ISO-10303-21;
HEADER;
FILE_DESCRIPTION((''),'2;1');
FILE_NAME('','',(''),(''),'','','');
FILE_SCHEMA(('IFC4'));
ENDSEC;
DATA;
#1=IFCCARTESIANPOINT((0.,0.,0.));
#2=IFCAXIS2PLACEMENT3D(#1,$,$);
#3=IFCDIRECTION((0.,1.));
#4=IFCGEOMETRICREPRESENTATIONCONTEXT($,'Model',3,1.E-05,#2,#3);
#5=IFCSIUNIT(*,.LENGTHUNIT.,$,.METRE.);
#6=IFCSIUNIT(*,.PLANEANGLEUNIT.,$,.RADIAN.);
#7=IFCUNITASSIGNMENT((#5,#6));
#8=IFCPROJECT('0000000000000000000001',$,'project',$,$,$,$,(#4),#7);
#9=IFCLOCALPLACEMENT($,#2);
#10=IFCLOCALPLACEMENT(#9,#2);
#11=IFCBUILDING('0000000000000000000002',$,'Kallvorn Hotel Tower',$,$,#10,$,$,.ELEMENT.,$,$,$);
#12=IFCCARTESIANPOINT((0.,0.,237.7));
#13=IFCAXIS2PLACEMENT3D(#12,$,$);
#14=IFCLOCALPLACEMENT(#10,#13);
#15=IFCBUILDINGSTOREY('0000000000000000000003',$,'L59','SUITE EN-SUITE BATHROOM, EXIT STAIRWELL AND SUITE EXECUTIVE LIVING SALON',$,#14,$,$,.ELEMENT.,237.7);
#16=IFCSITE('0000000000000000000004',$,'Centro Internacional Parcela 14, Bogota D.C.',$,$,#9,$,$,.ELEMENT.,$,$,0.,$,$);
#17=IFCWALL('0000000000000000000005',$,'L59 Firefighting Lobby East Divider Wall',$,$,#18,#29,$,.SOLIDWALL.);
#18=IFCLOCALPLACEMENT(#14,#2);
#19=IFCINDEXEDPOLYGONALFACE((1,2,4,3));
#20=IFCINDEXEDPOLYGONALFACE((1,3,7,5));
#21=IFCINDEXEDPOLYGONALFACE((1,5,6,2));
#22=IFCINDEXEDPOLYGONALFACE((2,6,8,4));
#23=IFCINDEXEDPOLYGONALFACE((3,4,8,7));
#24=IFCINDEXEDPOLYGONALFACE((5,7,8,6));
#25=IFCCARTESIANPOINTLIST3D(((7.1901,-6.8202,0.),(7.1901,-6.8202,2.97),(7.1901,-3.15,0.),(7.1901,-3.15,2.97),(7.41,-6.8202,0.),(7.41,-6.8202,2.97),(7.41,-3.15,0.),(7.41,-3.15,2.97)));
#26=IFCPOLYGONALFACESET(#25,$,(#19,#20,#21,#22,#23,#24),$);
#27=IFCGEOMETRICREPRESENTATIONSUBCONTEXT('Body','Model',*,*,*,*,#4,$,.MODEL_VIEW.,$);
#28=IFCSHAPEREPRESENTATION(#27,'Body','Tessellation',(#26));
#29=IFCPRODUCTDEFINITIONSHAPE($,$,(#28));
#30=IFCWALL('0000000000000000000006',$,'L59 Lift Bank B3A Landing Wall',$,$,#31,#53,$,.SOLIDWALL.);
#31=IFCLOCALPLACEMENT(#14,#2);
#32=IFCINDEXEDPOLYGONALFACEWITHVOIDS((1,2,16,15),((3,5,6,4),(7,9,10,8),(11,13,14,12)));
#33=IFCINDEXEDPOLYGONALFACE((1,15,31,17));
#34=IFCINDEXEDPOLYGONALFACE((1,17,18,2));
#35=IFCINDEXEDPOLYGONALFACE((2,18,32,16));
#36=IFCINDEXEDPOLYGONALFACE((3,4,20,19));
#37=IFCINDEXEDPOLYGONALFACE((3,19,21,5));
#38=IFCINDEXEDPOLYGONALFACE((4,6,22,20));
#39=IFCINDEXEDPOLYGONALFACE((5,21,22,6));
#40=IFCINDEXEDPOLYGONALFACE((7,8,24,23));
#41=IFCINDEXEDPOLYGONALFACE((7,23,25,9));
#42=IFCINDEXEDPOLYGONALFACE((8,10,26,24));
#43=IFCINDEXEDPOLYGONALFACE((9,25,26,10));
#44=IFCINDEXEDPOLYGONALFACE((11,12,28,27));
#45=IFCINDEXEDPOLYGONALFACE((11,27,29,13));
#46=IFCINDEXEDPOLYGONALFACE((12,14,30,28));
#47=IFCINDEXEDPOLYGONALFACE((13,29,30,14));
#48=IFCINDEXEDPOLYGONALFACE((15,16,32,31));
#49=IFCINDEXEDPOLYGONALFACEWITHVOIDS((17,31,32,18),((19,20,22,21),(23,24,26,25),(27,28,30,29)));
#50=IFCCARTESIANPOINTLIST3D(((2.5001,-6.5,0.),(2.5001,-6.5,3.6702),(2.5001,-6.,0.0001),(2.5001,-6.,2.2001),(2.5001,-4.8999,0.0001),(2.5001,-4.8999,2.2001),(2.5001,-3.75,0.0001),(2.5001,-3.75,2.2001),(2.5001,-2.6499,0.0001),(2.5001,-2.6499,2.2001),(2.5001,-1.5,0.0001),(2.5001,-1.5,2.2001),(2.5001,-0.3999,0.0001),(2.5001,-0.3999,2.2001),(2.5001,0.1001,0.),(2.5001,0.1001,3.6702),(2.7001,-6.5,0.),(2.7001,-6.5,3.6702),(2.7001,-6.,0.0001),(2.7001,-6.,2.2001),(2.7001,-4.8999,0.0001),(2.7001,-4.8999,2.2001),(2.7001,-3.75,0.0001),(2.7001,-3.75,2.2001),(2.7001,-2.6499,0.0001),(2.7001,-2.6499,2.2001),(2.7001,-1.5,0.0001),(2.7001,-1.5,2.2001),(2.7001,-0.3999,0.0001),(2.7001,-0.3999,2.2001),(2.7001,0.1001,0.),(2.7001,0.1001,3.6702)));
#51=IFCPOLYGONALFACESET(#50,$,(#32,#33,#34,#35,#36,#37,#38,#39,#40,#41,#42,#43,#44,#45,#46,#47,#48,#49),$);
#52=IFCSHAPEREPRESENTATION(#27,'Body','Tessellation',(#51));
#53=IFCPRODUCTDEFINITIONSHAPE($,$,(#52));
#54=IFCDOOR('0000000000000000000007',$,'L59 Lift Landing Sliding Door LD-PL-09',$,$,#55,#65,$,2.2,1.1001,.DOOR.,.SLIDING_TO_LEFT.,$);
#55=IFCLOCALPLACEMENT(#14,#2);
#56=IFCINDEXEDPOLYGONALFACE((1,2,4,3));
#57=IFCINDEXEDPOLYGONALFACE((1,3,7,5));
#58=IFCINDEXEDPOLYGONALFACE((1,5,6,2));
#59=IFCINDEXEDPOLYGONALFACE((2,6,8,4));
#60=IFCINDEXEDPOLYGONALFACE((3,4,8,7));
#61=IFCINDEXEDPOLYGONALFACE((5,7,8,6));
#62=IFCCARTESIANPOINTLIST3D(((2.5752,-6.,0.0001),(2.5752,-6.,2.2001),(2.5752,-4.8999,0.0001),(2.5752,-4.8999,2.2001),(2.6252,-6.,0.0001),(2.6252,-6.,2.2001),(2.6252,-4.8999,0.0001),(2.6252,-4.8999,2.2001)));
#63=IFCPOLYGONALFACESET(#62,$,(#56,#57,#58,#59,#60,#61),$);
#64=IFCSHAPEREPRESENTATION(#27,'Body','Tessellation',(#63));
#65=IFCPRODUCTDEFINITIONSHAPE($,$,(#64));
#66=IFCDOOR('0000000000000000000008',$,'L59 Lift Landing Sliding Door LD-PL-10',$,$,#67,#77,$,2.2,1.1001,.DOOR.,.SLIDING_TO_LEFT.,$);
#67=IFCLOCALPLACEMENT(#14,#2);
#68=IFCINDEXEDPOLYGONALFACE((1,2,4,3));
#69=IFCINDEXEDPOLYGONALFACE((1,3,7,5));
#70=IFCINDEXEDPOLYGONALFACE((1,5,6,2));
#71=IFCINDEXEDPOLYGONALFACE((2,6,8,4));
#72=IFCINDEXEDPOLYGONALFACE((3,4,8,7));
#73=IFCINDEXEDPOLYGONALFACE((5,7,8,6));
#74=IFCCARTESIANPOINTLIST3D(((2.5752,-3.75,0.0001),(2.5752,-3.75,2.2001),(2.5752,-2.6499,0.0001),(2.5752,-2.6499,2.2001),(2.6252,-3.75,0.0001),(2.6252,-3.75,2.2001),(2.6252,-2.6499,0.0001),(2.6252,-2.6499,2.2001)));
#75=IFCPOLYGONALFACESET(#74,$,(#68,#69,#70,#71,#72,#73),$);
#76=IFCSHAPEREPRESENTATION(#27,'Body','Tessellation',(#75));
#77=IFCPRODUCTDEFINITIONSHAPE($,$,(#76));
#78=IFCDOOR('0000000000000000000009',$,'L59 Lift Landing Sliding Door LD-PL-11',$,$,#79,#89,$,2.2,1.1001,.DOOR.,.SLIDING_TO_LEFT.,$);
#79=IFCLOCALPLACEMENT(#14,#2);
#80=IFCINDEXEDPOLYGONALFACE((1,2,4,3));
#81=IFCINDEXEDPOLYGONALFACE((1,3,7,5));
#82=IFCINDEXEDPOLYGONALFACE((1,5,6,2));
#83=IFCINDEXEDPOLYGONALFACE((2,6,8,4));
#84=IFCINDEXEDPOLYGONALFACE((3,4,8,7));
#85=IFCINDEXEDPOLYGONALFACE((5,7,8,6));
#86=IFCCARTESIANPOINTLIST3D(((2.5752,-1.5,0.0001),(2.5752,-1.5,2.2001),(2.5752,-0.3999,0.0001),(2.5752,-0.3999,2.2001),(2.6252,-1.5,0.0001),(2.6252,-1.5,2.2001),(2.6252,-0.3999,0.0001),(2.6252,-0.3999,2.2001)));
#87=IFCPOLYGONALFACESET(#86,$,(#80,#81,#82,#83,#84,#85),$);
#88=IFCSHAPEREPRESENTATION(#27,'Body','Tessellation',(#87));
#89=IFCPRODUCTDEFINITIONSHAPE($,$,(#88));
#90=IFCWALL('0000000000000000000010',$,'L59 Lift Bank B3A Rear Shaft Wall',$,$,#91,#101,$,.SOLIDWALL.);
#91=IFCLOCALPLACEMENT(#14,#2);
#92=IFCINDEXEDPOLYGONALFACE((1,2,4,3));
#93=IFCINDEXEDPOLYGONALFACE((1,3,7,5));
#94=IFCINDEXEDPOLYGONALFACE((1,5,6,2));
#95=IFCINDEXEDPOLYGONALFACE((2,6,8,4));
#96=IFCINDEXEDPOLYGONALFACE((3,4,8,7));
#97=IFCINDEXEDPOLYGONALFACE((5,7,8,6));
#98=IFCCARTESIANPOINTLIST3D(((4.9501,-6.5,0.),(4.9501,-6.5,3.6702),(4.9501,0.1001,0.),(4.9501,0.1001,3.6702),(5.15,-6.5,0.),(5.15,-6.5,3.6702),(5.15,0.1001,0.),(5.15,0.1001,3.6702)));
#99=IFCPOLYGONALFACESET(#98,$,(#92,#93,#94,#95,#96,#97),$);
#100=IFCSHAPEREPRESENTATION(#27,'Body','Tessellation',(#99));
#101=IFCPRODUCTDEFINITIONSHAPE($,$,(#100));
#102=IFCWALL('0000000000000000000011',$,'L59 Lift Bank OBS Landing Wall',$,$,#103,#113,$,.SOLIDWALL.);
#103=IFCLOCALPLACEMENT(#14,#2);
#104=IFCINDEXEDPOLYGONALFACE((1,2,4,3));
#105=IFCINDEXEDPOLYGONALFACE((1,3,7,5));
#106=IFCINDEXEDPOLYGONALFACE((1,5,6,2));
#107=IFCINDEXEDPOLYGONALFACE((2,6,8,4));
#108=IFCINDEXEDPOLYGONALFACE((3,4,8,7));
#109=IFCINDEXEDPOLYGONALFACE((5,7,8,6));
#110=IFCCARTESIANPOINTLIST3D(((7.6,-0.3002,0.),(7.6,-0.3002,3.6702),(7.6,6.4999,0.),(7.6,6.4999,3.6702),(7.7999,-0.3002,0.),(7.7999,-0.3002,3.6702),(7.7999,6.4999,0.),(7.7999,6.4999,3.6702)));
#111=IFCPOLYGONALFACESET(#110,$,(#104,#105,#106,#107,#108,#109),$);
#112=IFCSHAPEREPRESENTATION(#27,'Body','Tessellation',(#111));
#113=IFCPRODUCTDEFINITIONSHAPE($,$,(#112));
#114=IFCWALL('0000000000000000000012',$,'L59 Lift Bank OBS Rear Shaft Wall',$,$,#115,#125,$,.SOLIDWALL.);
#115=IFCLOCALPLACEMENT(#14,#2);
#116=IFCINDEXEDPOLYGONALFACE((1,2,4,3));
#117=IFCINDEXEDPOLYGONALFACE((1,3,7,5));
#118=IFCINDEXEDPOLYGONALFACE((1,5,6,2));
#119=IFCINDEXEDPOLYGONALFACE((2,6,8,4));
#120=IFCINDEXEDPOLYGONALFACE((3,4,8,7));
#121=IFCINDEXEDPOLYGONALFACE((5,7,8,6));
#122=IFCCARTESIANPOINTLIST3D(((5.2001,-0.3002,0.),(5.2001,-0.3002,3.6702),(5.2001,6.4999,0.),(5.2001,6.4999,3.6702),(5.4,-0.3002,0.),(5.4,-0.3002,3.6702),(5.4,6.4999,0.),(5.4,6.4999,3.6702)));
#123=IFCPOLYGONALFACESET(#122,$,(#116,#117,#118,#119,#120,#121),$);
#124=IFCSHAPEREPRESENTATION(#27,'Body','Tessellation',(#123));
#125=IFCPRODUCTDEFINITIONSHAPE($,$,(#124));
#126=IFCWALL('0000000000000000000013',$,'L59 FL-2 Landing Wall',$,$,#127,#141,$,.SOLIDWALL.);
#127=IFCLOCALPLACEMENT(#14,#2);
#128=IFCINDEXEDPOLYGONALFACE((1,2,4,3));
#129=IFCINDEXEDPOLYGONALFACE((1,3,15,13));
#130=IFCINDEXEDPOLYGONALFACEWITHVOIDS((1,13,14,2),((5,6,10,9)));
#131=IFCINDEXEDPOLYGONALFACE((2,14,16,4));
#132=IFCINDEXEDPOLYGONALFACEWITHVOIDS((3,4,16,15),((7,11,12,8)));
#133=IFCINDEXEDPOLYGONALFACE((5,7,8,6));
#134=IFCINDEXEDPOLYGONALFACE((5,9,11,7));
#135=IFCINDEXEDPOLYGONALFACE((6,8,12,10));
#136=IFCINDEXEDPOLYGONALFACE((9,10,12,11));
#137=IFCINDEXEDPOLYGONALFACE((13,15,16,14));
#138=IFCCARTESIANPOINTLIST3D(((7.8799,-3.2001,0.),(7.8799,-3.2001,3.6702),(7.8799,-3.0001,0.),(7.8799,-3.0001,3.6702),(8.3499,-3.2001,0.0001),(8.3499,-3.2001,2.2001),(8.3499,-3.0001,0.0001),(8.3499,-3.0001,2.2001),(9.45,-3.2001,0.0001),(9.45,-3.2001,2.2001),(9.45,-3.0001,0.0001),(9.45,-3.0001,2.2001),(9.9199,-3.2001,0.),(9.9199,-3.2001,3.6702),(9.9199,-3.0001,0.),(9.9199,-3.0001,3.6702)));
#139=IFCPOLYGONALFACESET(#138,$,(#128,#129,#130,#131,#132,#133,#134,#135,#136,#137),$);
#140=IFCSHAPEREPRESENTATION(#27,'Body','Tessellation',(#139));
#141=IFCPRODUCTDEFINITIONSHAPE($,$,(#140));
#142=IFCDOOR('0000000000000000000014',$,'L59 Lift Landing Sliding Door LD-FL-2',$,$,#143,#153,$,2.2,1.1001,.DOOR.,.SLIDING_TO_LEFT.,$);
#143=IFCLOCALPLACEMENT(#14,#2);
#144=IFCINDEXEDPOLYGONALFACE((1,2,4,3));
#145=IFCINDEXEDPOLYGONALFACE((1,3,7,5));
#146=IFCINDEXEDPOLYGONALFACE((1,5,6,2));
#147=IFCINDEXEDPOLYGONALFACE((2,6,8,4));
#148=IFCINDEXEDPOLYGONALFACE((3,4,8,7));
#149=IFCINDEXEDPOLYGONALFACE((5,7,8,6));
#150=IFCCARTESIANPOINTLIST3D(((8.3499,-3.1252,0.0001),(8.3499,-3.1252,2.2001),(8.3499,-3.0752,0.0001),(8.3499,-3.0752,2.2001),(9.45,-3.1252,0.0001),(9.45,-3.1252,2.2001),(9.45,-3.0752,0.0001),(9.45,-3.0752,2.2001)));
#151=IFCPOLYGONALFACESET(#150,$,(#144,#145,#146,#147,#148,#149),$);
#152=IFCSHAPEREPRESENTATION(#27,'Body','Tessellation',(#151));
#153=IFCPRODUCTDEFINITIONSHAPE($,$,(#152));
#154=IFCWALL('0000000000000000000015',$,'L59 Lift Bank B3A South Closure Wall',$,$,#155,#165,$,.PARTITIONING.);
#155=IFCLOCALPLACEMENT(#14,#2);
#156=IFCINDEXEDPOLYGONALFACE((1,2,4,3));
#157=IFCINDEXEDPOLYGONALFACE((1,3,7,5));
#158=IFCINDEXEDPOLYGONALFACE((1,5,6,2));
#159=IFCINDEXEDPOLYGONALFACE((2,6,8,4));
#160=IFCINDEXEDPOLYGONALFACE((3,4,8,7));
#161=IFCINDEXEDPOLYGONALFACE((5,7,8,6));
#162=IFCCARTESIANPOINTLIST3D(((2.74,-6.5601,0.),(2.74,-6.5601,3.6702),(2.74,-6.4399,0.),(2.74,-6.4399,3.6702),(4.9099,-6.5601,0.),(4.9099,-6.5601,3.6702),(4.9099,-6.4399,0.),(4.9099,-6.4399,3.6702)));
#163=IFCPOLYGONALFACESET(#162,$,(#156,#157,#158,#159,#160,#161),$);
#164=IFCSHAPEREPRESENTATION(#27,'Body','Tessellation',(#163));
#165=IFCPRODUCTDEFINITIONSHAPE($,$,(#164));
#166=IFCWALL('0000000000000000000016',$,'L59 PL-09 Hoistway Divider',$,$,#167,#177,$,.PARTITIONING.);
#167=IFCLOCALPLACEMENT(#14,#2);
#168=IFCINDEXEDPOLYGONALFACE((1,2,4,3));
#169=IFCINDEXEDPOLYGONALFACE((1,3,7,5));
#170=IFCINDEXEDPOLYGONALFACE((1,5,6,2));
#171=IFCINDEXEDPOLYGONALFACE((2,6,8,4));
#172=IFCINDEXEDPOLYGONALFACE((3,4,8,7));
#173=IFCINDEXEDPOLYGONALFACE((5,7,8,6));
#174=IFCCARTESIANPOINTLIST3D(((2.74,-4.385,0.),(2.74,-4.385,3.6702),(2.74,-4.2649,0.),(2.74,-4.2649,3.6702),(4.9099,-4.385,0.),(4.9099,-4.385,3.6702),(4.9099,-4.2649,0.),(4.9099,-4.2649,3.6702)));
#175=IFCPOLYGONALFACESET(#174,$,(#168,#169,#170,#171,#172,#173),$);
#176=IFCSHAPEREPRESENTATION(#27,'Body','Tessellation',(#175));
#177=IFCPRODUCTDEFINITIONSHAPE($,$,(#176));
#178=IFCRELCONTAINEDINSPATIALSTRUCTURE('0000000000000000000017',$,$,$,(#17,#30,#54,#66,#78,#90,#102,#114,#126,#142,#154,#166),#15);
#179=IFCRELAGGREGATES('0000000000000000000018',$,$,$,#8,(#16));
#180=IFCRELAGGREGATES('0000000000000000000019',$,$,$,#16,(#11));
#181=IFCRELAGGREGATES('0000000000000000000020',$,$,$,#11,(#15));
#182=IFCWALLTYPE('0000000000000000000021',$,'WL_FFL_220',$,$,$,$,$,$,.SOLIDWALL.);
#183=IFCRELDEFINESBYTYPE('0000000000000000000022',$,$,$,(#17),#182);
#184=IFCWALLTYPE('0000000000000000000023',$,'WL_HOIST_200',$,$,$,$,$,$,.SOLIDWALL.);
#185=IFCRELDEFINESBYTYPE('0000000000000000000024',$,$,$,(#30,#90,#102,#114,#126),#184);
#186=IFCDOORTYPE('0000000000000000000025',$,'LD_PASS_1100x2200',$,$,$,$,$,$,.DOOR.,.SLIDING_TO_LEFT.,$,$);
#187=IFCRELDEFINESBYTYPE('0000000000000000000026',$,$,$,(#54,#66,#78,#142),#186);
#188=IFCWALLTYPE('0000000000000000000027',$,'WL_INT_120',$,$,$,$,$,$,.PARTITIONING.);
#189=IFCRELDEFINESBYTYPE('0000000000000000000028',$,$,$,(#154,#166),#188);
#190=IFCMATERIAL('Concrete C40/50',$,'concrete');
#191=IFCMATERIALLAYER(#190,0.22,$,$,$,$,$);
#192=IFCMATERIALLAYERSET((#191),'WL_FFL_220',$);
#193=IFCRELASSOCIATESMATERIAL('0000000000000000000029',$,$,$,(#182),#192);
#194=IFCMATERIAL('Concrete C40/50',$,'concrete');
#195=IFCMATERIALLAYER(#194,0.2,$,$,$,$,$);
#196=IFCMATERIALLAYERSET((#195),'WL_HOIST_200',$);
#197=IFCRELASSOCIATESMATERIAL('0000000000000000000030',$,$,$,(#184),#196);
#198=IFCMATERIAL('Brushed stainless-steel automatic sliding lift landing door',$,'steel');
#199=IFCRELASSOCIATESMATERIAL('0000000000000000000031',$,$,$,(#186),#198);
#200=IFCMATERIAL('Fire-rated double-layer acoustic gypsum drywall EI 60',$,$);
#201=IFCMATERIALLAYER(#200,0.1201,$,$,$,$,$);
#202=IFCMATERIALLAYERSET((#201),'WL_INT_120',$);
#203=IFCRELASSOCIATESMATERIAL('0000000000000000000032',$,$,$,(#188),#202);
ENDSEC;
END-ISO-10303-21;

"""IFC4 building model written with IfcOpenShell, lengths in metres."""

from ifc_helpers import new_model, si_unit, direction, frame, frame_2d, origin, place, context, subcontext, project, spatial, rectangle, extrude, material, layer, layer_set, type_object, element, fill, save


model = new_model("IFC4")

# Units and contexts
model_context = context("Model", 3, precision=1e-05, world=origin(), true_north=direction((0.0, 1.0)))
body_context = subcontext(model_context, "Body", "Model", "MODEL_VIEW")
ifc_project = project(units=[si_unit("LENGTHUNIT", "METRE"), si_unit("PLANEANGLEUNIT", "RADIAN")], contexts=[model_context])

# Site, building, storey
site_placement = place(None, origin())
site = spatial("IfcSite", under=ifc_project, at=site_placement, Name="Centro Internacional Parcela 14, Bogota D.C.", CompositionType="ELEMENT", RefElevation=0.0)
building_placement = place(site_placement, origin())
building = spatial("IfcBuilding", under=site, at=building_placement, Name="Kallvorn Hotel Tower", CompositionType="ELEMENT")
storey_placement = place(building_placement, frame((0.0, 0.0, 237.7)))
storey = spatial("IfcBuildingStorey", under=building, at=storey_placement, Name="L59", Description="SUITE EN-SUITE BATHROOM, EXIT STAIRWELL AND SUITE EXECUTIVE LIVING SALON", CompositionType="ELEMENT", Elevation=237.7)

# Wall
ifc_material_1 = material(Name="Concrete C40/50", Category="concrete")
ifc_layer_1 = layer(ifc_material_1, 0.22)
ifc_layer_set_1 = layer_set([ifc_layer_1], Name="WL_FFL_220")
wall_type_1 = type_object("IfcWallType", Name="WL_FFL_220", PredefinedType="SOLIDWALL", material=ifc_layer_set_1)
wall_1_placement = place(storey_placement, frame((7.3, -6.8201, 0.0), z_axis=(0.0, 0.0, 1.0), x_axis=(0.0, 1.0, 0.0)))
element("IfcWall", 1, at=wall_1_placement, inside=storey, type_object=wall_type_1, Name="L59 Firefighting Lobby East Divider Wall", PredefinedType="SOLIDWALL", context=body_context, shape_type="SweptSolid", body=[
    extrude(rectangle(XDim=3.6702, YDim=0.22, at=frame_2d((1.835, 0.0))), origin(), (0.0, 0.0, 1.0), 2.97),
])

# Wall, openings, doors
ifc_material_2 = material(Name="Concrete C40/50", Category="concrete")
ifc_layer_2 = layer(ifc_material_2, 0.2)
ifc_layer_set_2 = layer_set([ifc_layer_2], Name="WL_HOIST_200")
wall_type_2 = type_object("IfcWallType", Name="WL_HOIST_200", PredefinedType="SOLIDWALL", material=ifc_layer_set_2)
wall_2_placement = place(storey_placement, frame((2.6001, -6.5, 0.0), z_axis=(0.0, 0.0, 1.0), x_axis=(0.0, 1.0, 0.0)))
wall_2 = element("IfcWall", 2, at=wall_2_placement, inside=storey, type_object=wall_type_2, Name="L59 Lift Bank B3A Landing Wall", PredefinedType="SOLIDWALL", context=body_context, shape_type="SweptSolid", body=[
    extrude(rectangle(XDim=6.6001, YDim=0.2, at=frame_2d((3.3, 0.0))), origin(), (0.0, 0.0, 1.0), 3.6702),
])
opening_1_placement = place(wall_2_placement, frame((0.5, 0.0, 0.0)))
opening_1 = element("IfcOpeningElement", 3, at=opening_1_placement, cuts=wall_2, PredefinedType="OPENING", context=body_context, shape_type="SweptSolid", body=[
    extrude(rectangle(XDim=1.1001, YDim=2.2, at=frame_2d((0.55, 1.1001))), frame((0.0, 0.115, 0.0), z_axis=(0.0, -1.0, 0.0), x_axis=(1.0, 0.0, 0.0)), (0.0, 0.0, 1.0), 0.23),
])
opening_2_placement = place(wall_2_placement, frame((2.75, 0.0, 0.0)))
opening_2 = element("IfcOpeningElement", 4, at=opening_2_placement, cuts=wall_2, PredefinedType="OPENING", context=body_context, shape_type="SweptSolid", body=[
    extrude(rectangle(XDim=1.1001, YDim=2.2, at=frame_2d((0.55, 1.1001))), frame((0.0, 0.115, 0.0), z_axis=(0.0, -1.0, 0.0), x_axis=(1.0, 0.0, 0.0)), (0.0, 0.0, 1.0), 0.23),
])
opening_3_placement = place(wall_2_placement, frame((5.0, 0.0, 0.0)))
opening_3 = element("IfcOpeningElement", 5, at=opening_3_placement, cuts=wall_2, PredefinedType="OPENING", context=body_context, shape_type="SweptSolid", body=[
    extrude(rectangle(XDim=1.1001, YDim=2.2, at=frame_2d((0.55, 1.1001))), frame((0.0, 0.115, 0.0), z_axis=(0.0, -1.0, 0.0), x_axis=(1.0, 0.0, 0.0)), (0.0, 0.0, 1.0), 0.23),
])
ifc_material_3 = material(Name="Brushed stainless-steel automatic sliding lift landing door", Category="steel")
door_type_1 = type_object("IfcDoorType", Name="LD_PASS_1100x2200", OperationType="SLIDING_TO_LEFT", PredefinedType="DOOR", material=ifc_material_3)
door_1_placement = place(opening_1_placement, origin())
door_1 = element("IfcDoor", 6, at=door_1_placement, inside=storey, type_object=door_type_1, Name="L59 Lift Landing Sliding Door LD-PL-09", OperationType="SLIDING_TO_LEFT", OverallHeight=2.2, OverallWidth=1.1001, PredefinedType="DOOR", context=body_context, shape_type="SweptSolid", body=[
    extrude(rectangle(XDim=1.1001, YDim=2.2, at=frame_2d((0.55, 1.1001))), frame((0.0, 0.0249, 0.0), z_axis=(0.0, -1.0, 0.0), x_axis=(1.0, 0.0, 0.0)), (0.0, 0.0, 1.0), 0.05),
])
fill(opening_1, door_1)
door_2_placement = place(opening_2_placement, origin())
door_2 = element("IfcDoor", 7, at=door_2_placement, inside=storey, type_object=door_type_1, Name="L59 Lift Landing Sliding Door LD-PL-10", OperationType="SLIDING_TO_LEFT", OverallHeight=2.2, OverallWidth=1.1001, PredefinedType="DOOR", context=body_context, shape_type="SweptSolid", body=[
    extrude(rectangle(XDim=1.1001, YDim=2.2, at=frame_2d((0.55, 1.1001))), frame((0.0, 0.0249, 0.0), z_axis=(0.0, -1.0, 0.0), x_axis=(1.0, 0.0, 0.0)), (0.0, 0.0, 1.0), 0.05),
])
fill(opening_2, door_2)
door_3_placement = place(opening_3_placement, origin())
door_3 = element("IfcDoor", 8, at=door_3_placement, inside=storey, type_object=door_type_1, Name="L59 Lift Landing Sliding Door LD-PL-11", OperationType="SLIDING_TO_LEFT", OverallHeight=2.2, OverallWidth=1.1001, PredefinedType="DOOR", context=body_context, shape_type="SweptSolid", body=[
    extrude(rectangle(XDim=1.1001, YDim=2.2, at=frame_2d((0.55, 1.1001))), frame((0.0, 0.0249, 0.0), z_axis=(0.0, -1.0, 0.0), x_axis=(1.0, 0.0, 0.0)), (0.0, 0.0, 1.0), 0.05),
])
fill(opening_3, door_3)

# Walls
wall_3_placement = place(storey_placement, frame((5.05, -6.5, 0.0), z_axis=(0.0, 0.0, 1.0), x_axis=(0.0, 1.0, 0.0)))
element("IfcWall", 9, at=wall_3_placement, inside=storey, type_object=wall_type_2, Name="L59 Lift Bank B3A Rear Shaft Wall", PredefinedType="SOLIDWALL", context=body_context, shape_type="SweptSolid", body=[
    extrude(rectangle(XDim=6.6001, YDim=0.2, at=frame_2d((3.3, 0.0))), origin(), (0.0, 0.0, 1.0), 3.6702),
])
for number, where, z_axis, x_axis, name in (
    (10, (7.7, -0.3, 0.0), (0.0, 0.0, 1.0), (0.0, 1.0, 0.0), "L59 Lift Bank OBS Landing Wall"),
    (11, (5.3, -0.3, 0.0), (0.0, 0.0, 1.0), (0.0, 1.0, 0.0), "L59 Lift Bank OBS Rear Shaft Wall"),
):
    element("IfcWall", number, at=place(storey_placement, frame(where, z_axis=z_axis, x_axis=x_axis)), inside=storey, type_object=wall_type_2, Name=name, PredefinedType="SOLIDWALL", context=body_context, shape_type="SweptSolid", body=[
        extrude(rectangle(XDim=6.8, YDim=0.2, at=frame_2d((3.3999, 0.0))), origin(), (0.0, 0.0, 1.0), 3.6702),
    ])

# Wall, opening, door
wall_4_placement = place(storey_placement, frame((7.8799, -3.1001, 0.0), z_axis=(0.0, 0.0, 1.0), x_axis=(1.0, 0.0, 0.0)))
wall_4 = element("IfcWall", 12, at=wall_4_placement, inside=storey, type_object=wall_type_2, Name="L59 FL-2 Landing Wall", PredefinedType="SOLIDWALL", context=body_context, shape_type="SweptSolid", body=[
    extrude(rectangle(XDim=2.04, YDim=0.2, at=frame_2d((1.02, 0.0))), origin(), (0.0, 0.0, 1.0), 3.6702),
])
opening_4_placement = place(wall_4_placement, frame((0.47, 0.0, 0.0)))
opening_4 = element("IfcOpeningElement", 13, at=opening_4_placement, cuts=wall_4, PredefinedType="OPENING", context=body_context, shape_type="SweptSolid", body=[
    extrude(rectangle(XDim=1.1001, YDim=2.2, at=frame_2d((0.55, 1.1001))), frame((0.0, 0.115, 0.0), z_axis=(0.0, -1.0, 0.0), x_axis=(1.0, 0.0, 0.0)), (0.0, 0.0, 1.0), 0.23),
])
door_4_placement = place(opening_4_placement, origin())
door_4 = element("IfcDoor", 14, at=door_4_placement, inside=storey, type_object=door_type_1, Name="L59 Lift Landing Sliding Door LD-FL-2", OperationType="SLIDING_TO_LEFT", OverallHeight=2.2, OverallWidth=1.1001, PredefinedType="DOOR", context=body_context, shape_type="SweptSolid", body=[
    extrude(rectangle(XDim=1.1001, YDim=2.2, at=frame_2d((0.55, 1.1001))), frame((0.0, 0.0249, 0.0), z_axis=(0.0, -1.0, 0.0), x_axis=(1.0, 0.0, 0.0)), (0.0, 0.0, 1.0), 0.05),
])
fill(opening_4, door_4)

# Walls
ifc_material_4 = material(Name="Fire-rated double-layer acoustic gypsum drywall EI 60")
ifc_layer_3 = layer(ifc_material_4, 0.1201)
ifc_layer_set_3 = layer_set([ifc_layer_3], Name="WL_INT_120")
wall_type_3 = type_object("IfcWallType", Name="WL_INT_120", PredefinedType="PARTITIONING", material=ifc_layer_set_3)
for number, where, z_axis, x_axis, name in (
    (15, (2.74, -6.5, 0.0), (0.0, 0.0, 1.0), (1.0, 0.0, 0.0), "L59 Lift Bank B3A South Closure Wall"),
    (16, (2.74, -4.325, 0.0), (0.0, 0.0, 1.0), (1.0, 0.0, 0.0), "L59 PL-09 Hoistway Divider"),
):
    element("IfcWall", number, at=place(storey_placement, frame(where, z_axis=z_axis, x_axis=x_axis)), inside=storey, type_object=wall_type_3, Name=name, PredefinedType="PARTITIONING", context=body_context, shape_type="SweptSolid", body=[
        extrude(rectangle(XDim=2.1699, YDim=0.1201, at=frame_2d((1.085, 0.0))), origin(), (0.0, 0.0, 1.0), 3.6702),
    ])

save(model, "model.ifc")
